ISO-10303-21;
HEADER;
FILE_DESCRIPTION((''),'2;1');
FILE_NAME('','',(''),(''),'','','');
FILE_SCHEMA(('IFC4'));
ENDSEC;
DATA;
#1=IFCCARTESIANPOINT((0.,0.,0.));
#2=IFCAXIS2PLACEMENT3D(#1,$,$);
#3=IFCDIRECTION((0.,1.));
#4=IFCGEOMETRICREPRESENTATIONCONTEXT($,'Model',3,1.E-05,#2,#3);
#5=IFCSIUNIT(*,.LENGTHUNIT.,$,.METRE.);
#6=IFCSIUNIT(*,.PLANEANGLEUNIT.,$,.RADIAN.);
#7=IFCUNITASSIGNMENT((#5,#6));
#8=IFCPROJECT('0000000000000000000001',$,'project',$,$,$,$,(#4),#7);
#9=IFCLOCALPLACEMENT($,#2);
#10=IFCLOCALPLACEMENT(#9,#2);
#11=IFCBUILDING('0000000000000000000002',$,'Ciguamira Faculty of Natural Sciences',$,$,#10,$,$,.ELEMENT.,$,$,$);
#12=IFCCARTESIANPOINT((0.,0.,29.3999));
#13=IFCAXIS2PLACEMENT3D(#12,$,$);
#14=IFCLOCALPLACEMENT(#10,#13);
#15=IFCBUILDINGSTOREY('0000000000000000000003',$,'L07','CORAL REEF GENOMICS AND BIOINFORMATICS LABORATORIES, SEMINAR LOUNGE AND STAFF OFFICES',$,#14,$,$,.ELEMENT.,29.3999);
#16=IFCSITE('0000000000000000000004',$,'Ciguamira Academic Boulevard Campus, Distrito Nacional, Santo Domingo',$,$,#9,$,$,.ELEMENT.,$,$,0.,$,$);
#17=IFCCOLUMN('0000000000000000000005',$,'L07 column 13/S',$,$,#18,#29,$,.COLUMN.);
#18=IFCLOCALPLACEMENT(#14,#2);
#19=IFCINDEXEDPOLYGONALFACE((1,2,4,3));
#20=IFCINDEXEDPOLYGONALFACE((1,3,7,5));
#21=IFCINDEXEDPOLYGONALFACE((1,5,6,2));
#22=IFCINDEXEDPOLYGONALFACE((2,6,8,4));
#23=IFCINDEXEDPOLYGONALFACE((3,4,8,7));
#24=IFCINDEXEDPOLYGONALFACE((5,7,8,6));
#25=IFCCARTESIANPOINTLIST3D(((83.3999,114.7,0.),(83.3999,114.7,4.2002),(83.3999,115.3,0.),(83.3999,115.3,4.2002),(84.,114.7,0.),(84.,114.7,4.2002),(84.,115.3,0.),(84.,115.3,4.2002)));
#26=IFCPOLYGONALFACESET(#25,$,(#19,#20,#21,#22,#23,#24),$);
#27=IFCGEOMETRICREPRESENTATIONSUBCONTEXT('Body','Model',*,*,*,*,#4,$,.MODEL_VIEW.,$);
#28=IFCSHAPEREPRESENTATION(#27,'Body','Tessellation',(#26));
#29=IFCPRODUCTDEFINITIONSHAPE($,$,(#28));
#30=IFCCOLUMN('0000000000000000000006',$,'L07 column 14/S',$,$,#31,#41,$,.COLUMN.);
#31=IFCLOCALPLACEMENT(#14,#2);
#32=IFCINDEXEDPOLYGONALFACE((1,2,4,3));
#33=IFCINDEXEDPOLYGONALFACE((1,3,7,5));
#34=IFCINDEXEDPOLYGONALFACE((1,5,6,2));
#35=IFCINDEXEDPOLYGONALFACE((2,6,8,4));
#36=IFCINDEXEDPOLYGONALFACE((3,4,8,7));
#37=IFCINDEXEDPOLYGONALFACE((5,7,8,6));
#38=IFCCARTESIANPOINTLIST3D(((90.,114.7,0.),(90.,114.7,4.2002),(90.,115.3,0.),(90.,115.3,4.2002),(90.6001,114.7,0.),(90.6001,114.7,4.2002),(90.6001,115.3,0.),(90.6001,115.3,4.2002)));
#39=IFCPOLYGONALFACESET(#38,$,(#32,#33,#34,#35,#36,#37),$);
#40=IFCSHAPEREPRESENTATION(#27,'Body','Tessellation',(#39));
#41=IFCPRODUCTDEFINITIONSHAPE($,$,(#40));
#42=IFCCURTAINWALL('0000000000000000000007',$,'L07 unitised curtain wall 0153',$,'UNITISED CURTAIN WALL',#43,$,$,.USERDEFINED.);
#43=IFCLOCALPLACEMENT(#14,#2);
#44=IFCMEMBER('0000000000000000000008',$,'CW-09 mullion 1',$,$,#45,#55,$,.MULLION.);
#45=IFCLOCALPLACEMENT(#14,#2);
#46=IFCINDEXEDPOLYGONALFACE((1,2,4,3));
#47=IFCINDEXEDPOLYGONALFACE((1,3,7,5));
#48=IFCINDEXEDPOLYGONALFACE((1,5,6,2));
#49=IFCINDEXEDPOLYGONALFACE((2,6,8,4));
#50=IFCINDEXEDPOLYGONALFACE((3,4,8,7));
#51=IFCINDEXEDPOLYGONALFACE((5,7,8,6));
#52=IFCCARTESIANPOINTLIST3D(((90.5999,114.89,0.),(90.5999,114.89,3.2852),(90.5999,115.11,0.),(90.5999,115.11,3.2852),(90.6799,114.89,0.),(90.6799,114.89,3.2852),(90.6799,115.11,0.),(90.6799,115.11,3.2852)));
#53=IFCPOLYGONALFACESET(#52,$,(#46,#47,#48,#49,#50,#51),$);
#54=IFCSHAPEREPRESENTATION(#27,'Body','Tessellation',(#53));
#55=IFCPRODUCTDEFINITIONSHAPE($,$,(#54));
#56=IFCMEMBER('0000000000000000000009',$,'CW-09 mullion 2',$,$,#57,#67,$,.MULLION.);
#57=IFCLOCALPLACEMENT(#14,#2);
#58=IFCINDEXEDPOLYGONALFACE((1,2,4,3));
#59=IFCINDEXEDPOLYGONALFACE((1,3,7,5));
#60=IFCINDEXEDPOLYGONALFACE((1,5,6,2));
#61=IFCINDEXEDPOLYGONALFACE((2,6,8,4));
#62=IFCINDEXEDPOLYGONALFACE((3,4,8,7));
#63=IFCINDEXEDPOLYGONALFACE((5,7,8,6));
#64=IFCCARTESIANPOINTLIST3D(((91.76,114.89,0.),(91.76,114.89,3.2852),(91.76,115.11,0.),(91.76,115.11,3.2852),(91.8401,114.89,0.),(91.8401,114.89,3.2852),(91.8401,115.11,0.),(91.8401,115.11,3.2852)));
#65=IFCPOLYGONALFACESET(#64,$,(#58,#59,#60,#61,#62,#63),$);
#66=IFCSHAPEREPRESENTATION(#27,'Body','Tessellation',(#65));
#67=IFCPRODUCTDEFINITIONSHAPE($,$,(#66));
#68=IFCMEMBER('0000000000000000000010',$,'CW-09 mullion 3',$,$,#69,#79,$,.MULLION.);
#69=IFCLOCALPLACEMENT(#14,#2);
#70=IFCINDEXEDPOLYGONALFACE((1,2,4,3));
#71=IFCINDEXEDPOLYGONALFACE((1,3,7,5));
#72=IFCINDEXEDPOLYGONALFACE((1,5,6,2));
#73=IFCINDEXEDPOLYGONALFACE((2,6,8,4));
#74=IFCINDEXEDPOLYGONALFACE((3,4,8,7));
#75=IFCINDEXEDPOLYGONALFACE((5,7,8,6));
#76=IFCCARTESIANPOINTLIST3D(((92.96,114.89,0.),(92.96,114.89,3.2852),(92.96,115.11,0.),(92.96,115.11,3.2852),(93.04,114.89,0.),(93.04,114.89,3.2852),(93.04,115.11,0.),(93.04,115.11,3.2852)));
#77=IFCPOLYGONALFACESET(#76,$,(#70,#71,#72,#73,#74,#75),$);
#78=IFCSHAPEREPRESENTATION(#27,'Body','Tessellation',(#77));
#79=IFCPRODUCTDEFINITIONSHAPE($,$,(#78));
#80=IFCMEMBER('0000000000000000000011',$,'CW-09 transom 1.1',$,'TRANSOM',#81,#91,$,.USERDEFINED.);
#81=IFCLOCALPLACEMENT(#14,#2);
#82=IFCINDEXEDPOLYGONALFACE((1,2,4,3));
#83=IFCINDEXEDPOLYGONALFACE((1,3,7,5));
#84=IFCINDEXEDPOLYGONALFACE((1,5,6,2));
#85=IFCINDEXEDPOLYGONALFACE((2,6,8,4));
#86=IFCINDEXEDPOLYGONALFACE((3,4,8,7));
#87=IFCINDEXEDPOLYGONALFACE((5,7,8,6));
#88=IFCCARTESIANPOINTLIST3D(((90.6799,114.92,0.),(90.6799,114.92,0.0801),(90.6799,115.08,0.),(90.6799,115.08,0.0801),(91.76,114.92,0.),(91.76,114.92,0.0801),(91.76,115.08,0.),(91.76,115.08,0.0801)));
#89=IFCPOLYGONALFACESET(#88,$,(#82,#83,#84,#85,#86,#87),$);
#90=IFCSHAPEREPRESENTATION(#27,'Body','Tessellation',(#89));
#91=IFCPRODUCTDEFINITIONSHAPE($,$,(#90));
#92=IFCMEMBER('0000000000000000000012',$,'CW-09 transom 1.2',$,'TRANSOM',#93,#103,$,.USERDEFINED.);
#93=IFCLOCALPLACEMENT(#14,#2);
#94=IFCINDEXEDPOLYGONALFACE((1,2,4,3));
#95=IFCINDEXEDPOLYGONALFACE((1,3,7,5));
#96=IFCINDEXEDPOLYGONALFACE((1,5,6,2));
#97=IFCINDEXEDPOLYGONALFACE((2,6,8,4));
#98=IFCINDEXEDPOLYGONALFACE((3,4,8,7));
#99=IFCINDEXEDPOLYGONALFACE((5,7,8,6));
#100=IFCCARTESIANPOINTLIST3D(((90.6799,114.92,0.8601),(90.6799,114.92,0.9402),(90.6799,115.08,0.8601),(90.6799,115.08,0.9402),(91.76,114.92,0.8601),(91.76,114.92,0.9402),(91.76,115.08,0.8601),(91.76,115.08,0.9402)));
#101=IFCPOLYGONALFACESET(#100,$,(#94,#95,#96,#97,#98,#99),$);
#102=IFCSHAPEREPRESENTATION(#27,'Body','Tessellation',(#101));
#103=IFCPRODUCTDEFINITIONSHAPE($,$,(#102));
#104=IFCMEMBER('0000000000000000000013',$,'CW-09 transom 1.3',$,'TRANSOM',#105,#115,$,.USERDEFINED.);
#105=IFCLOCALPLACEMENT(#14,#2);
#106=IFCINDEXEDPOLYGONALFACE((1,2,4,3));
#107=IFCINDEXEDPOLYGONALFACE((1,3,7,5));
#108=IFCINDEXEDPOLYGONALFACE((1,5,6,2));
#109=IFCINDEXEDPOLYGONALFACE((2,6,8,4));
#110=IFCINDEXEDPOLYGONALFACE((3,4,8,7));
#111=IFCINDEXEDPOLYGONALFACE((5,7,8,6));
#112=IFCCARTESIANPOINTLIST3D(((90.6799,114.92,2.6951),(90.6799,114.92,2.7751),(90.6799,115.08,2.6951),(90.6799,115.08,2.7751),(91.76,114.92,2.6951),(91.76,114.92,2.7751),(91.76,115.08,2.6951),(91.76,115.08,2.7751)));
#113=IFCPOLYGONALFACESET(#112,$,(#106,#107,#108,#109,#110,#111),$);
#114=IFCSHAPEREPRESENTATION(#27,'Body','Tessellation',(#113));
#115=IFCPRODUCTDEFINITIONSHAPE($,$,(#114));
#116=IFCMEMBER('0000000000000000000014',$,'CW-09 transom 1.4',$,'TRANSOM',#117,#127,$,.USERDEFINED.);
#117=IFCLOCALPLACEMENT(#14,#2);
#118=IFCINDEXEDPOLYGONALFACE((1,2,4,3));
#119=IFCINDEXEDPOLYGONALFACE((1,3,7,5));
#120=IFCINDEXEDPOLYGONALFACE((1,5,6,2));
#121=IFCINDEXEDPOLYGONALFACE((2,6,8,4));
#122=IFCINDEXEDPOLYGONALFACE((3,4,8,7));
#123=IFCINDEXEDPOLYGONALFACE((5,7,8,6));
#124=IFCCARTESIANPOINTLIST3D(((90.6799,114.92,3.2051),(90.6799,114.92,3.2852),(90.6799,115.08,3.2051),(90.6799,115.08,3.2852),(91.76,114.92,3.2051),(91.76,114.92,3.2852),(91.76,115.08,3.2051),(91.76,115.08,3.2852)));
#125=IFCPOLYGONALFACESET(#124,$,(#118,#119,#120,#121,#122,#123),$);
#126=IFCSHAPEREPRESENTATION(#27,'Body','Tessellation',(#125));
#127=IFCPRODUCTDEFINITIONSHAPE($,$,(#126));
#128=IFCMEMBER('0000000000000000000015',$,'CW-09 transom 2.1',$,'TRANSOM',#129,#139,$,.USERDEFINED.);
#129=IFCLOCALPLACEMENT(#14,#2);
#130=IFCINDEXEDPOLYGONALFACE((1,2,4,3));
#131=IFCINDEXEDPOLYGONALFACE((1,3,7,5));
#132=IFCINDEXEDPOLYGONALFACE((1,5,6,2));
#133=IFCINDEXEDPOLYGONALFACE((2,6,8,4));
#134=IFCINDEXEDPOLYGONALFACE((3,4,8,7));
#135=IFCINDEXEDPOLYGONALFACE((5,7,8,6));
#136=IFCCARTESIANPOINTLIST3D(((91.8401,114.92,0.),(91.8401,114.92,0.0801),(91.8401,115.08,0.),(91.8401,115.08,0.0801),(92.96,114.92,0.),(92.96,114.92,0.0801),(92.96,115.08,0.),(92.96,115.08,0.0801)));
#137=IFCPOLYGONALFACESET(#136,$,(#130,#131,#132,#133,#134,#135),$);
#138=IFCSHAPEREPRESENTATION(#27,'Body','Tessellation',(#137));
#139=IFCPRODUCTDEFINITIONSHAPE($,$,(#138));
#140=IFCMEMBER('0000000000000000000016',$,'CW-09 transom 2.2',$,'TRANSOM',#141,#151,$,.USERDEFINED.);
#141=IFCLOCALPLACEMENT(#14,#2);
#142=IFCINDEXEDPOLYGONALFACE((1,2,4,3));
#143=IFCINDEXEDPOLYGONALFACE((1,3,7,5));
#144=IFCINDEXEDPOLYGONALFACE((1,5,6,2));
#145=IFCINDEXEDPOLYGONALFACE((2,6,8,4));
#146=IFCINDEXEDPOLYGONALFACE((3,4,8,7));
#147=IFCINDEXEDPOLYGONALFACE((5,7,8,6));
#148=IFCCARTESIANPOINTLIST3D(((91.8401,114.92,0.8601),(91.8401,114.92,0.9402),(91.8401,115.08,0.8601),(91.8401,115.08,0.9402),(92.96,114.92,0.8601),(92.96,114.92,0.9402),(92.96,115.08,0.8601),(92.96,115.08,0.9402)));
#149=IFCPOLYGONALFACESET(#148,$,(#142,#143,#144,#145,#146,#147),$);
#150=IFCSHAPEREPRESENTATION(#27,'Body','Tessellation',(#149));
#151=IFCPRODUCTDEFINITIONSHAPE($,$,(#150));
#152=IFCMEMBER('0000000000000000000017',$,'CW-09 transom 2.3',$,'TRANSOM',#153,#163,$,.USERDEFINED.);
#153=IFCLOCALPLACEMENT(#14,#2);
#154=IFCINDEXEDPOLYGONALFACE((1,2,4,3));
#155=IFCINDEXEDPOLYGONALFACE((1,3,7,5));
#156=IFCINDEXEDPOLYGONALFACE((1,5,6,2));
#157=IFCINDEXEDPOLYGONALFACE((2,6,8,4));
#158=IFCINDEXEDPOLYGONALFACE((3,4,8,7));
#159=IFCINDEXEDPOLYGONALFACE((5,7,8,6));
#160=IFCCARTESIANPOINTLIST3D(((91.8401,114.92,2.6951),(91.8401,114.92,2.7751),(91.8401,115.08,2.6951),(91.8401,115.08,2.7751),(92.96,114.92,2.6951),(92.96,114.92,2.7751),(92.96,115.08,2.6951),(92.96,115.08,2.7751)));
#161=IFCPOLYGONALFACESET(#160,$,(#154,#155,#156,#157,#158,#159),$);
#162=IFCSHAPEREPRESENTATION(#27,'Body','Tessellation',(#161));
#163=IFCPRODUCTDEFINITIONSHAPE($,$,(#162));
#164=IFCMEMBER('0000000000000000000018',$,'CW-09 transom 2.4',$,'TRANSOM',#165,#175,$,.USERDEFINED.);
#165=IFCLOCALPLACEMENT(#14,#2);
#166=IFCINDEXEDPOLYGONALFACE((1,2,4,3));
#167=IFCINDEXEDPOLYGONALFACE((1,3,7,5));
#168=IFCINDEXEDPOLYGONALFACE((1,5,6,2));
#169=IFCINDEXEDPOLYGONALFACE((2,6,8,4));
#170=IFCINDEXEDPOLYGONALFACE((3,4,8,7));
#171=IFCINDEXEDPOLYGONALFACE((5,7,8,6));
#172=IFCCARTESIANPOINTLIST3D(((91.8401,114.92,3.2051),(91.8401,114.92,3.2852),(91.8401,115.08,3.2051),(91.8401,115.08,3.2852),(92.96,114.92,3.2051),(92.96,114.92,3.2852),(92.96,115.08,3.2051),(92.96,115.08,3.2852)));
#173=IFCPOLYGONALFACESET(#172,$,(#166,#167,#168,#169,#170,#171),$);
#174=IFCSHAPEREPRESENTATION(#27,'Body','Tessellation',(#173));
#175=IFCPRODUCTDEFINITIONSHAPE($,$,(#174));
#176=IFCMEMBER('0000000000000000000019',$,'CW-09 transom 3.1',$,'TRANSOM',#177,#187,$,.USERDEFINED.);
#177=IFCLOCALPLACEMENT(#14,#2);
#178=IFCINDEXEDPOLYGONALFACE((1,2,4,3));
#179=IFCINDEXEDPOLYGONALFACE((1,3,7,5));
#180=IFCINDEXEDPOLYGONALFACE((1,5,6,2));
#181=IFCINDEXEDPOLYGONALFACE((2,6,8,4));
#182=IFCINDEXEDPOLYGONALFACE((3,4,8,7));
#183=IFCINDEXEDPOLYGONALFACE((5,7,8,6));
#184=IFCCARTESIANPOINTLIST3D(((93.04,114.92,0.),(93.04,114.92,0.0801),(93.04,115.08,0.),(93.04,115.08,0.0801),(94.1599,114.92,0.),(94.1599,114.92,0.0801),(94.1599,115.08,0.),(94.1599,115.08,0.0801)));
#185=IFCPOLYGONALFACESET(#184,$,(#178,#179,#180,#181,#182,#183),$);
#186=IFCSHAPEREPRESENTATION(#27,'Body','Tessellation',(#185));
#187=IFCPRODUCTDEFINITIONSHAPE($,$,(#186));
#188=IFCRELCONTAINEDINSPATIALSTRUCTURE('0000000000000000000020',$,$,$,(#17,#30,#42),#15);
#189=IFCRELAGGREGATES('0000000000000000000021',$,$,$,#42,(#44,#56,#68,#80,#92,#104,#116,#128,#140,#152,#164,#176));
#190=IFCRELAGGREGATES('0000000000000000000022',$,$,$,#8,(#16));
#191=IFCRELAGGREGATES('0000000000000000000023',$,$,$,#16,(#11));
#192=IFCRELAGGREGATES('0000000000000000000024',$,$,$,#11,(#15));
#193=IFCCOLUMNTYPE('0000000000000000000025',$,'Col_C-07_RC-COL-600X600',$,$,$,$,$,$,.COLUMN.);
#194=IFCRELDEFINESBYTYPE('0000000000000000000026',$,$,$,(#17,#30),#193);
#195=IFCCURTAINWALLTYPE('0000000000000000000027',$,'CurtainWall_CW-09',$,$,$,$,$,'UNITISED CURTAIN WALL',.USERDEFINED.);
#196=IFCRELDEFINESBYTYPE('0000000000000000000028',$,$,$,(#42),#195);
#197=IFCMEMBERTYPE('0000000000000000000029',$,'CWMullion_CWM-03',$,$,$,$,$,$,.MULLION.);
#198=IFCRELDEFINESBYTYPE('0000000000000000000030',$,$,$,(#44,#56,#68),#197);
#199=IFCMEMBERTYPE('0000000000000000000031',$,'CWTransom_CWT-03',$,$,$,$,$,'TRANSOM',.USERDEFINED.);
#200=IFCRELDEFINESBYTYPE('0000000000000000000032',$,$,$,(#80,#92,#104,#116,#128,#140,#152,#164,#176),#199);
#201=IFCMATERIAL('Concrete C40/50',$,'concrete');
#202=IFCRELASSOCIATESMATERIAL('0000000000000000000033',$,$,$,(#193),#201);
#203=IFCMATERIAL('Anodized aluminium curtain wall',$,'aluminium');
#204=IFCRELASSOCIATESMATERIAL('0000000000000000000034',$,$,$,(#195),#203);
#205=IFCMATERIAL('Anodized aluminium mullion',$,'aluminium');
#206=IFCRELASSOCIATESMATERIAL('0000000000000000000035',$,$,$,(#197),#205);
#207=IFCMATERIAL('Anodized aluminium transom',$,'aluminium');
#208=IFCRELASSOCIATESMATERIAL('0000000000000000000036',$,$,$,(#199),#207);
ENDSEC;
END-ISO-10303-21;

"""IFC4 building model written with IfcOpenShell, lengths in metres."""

from ifc_helpers import new_model, si_unit, direction, frame, origin, origin_2d, place, context, subcontext, project, spatial, rectangle, extrude, material, material_profile, profile_set, type_object, element, aggregate, save


model = new_model("IFC4")

# Units and contexts
model_context = context("Model", 3, precision=1e-05, world=origin(), true_north=direction((0.0, 1.0)))
body_context = subcontext(model_context, "Body", "Model", "MODEL_VIEW")
ifc_project = project(units=[si_unit("LENGTHUNIT", "METRE"), si_unit("PLANEANGLEUNIT", "RADIAN")], contexts=[model_context])

# Site, building, storey
site_placement = place(None, origin())
site = spatial("IfcSite", under=ifc_project, at=site_placement, Name="Ciguamira Academic Boulevard Campus, Distrito Nacional, Santo Domingo", CompositionType="ELEMENT", RefElevation=0.0)
building_placement = place(site_placement, origin())
building = spatial("IfcBuilding", under=site, at=building_placement, Name="Ciguamira Faculty of Natural Sciences", CompositionType="ELEMENT")
storey_placement = place(building_placement, frame((0.0, 0.0, 29.3999)))
storey = spatial("IfcBuildingStorey", under=building, at=storey_placement, Name="L07", Description="CORAL REEF GENOMICS AND BIOINFORMATICS LABORATORIES, SEMINAR LOUNGE AND STAFF OFFICES", CompositionType="ELEMENT", Elevation=29.3999)

# Columns
ifc_material_1 = material(Name="Concrete C40/50", Category="concrete")
ifc_material_profile_1 = material_profile(ifc_material_1, rectangle(XDim=0.6001, YDim=0.6001, at=origin_2d()), Name="RC-COL-600X600")
ifc_profile_set_1 = profile_set([ifc_material_profile_1], Name="Concrete C40/50")
column_type = type_object("IfcColumnType", Name="Col_C-07_RC-COL-600X600", PredefinedType="COLUMN", material=ifc_profile_set_1)
for number, where, z_axis, x_axis, name in (
    (1, (83.7, 115.0, 0.0), (0.0, 0.0, 1.0), (1.0, 0.0, 0.0), "L07 column 13/S"),
    (2, (90.3, 115.0, 0.0), (0.0, 0.0, 1.0), (1.0, 0.0, 0.0), "L07 column 14/S"),
):
    element("IfcColumn", number, at=place(storey_placement, frame(where, z_axis=z_axis, x_axis=x_axis)), inside=storey, type_object=column_type, Name=name, PredefinedType="COLUMN", context=body_context, shape_type="SweptSolid", body=[
        extrude(rectangle(XDim=0.6001, YDim=0.6001, at=origin_2d()), origin(), (0.0, 0.0, 1.0), 4.2002),
    ])

# Curtain wall, members
ifc_material_2 = material(Name="Anodized aluminium curtain wall", Category="aluminium")
curtain_wall_type = type_object("IfcCurtainWallType", Name="CurtainWall_CW-09", ElementType="UNITISED CURTAIN WALL", PredefinedType="USERDEFINED", material=ifc_material_2)
curtain_wall_placement = place(storey_placement, origin())
curtain_wall = element("IfcCurtainWall", 3, at=curtain_wall_placement, inside=storey, type_object=curtain_wall_type, Name="L07 unitised curtain wall 0153", ObjectType="UNITISED CURTAIN WALL", PredefinedType="USERDEFINED")
ifc_material_3 = material(Name="Anodized aluminium mullion", Category="aluminium")
ifc_material_profile_2 = material_profile(ifc_material_3, rectangle(XDim=0.0801, YDim=0.22, at=origin_2d()), Name="ALU-MUL-80X220")
ifc_profile_set_2 = profile_set([ifc_material_profile_2], Name="Anodized aluminium mullion")
member_type_1 = type_object("IfcMemberType", Name="CWMullion_CWM-03", PredefinedType="MULLION", material=ifc_profile_set_2)
member_1_placement = place(storey_placement, frame((90.6399, 115.0, 0.0), z_axis=(0.0, 0.0, 1.0), x_axis=(1.0, 0.0, 0.0)))
member_1 = element("IfcMember", 4, at=member_1_placement, type_object=member_type_1, Name="CW-09 mullion 1", PredefinedType="MULLION", context=body_context, shape_type="SweptSolid", body=[
    extrude(rectangle(XDim=0.0801, YDim=0.22, at=origin_2d()), origin(), (0.0, 0.0, 1.0), 3.2852),
])
member_2_placement = place(storey_placement, frame((91.8, 115.0, 0.0), z_axis=(0.0, 0.0, 1.0), x_axis=(1.0, 0.0, 0.0)))
member_2 = element("IfcMember", 5, at=member_2_placement, type_object=member_type_1, Name="CW-09 mullion 2", PredefinedType="MULLION", context=body_context, shape_type="SweptSolid", body=[
    extrude(rectangle(XDim=0.0801, YDim=0.22, at=origin_2d()), origin(), (0.0, 0.0, 1.0), 3.2852),
])
member_3_placement = place(storey_placement, frame((93.0, 115.0, 0.0), z_axis=(0.0, 0.0, 1.0), x_axis=(1.0, 0.0, 0.0)))
member_3 = element("IfcMember", 6, at=member_3_placement, type_object=member_type_1, Name="CW-09 mullion 3", PredefinedType="MULLION", context=body_context, shape_type="SweptSolid", body=[
    extrude(rectangle(XDim=0.0801, YDim=0.22, at=origin_2d()), origin(), (0.0, 0.0, 1.0), 3.2852),
])
ifc_material_4 = material(Name="Anodized aluminium transom", Category="aluminium")
ifc_material_profile_3 = material_profile(ifc_material_4, rectangle(XDim=0.0801, YDim=0.1599, at=origin_2d()), Name="ALU-TRN-80X160")
ifc_profile_set_3 = profile_set([ifc_material_profile_3], Name="Anodized aluminium transom")
member_type_2 = type_object("IfcMemberType", Name="CWTransom_CWT-03", ElementType="TRANSOM", PredefinedType="USERDEFINED", material=ifc_profile_set_3)
member_4_placement = place(storey_placement, frame((90.6799, 115.0, 0.04), z_axis=(1.0, 0.0, 0.0), x_axis=(0.0, 0.0, 1.0)))
member_4 = element("IfcMember", 7, at=member_4_placement, type_object=member_type_2, Name="CW-09 transom 1.1", ObjectType="TRANSOM", PredefinedType="USERDEFINED", context=body_context, shape_type="SweptSolid", body=[
    extrude(rectangle(XDim=0.0801, YDim=0.1599, at=origin_2d()), origin(), (0.0, 0.0, 1.0), 1.0801),
])
member_5_placement = place(storey_placement, frame((90.6799, 115.0, 0.9001), z_axis=(1.0, 0.0, 0.0), x_axis=(0.0, 0.0, 1.0)))
member_5 = element("IfcMember", 8, at=member_5_placement, type_object=member_type_2, Name="CW-09 transom 1.2", ObjectType="TRANSOM", PredefinedType="USERDEFINED", context=body_context, shape_type="SweptSolid", body=[
    extrude(rectangle(XDim=0.0801, YDim=0.1599, at=origin_2d()), origin(), (0.0, 0.0, 1.0), 1.0801),
])
member_6_placement = place(storey_placement, frame((90.6799, 115.0, 2.7351), z_axis=(1.0, 0.0, 0.0), x_axis=(0.0, 0.0, 1.0)))
member_6 = element("IfcMember", 9, at=member_6_placement, type_object=member_type_2, Name="CW-09 transom 1.3", ObjectType="TRANSOM", PredefinedType="USERDEFINED", context=body_context, shape_type="SweptSolid", body=[
    extrude(rectangle(XDim=0.0801, YDim=0.1599, at=origin_2d()), origin(), (0.0, 0.0, 1.0), 1.0801),
])
member_7_placement = place(storey_placement, frame((90.6799, 115.0, 3.2451), z_axis=(1.0, 0.0, 0.0), x_axis=(0.0, 0.0, 1.0)))
member_7 = element("IfcMember", 10, at=member_7_placement, type_object=member_type_2, Name="CW-09 transom 1.4", ObjectType="TRANSOM", PredefinedType="USERDEFINED", context=body_context, shape_type="SweptSolid", body=[
    extrude(rectangle(XDim=0.0801, YDim=0.1599, at=origin_2d()), origin(), (0.0, 0.0, 1.0), 1.0801),
])
member_8_placement = place(storey_placement, frame((91.8401, 115.0, 0.04), z_axis=(1.0, 0.0, 0.0), x_axis=(0.0, 0.0, 1.0)))
member_8 = element("IfcMember", 11, at=member_8_placement, type_object=member_type_2, Name="CW-09 transom 2.1", ObjectType="TRANSOM", PredefinedType="USERDEFINED", context=body_context, shape_type="SweptSolid", body=[
    extrude(rectangle(XDim=0.0801, YDim=0.1599, at=origin_2d()), origin(), (0.0, 0.0, 1.0), 1.1199),
])
member_9_placement = place(storey_placement, frame((91.8401, 115.0, 0.9001), z_axis=(1.0, 0.0, 0.0), x_axis=(0.0, 0.0, 1.0)))
member_9 = element("IfcMember", 12, at=member_9_placement, type_object=member_type_2, Name="CW-09 transom 2.2", ObjectType="TRANSOM", PredefinedType="USERDEFINED", context=body_context, shape_type="SweptSolid", body=[
    extrude(rectangle(XDim=0.0801, YDim=0.1599, at=origin_2d()), origin(), (0.0, 0.0, 1.0), 1.1199),
])
member_10_placement = place(storey_placement, frame((91.8401, 115.0, 2.7351), z_axis=(1.0, 0.0, 0.0), x_axis=(0.0, 0.0, 1.0)))
member_10 = element("IfcMember", 13, at=member_10_placement, type_object=member_type_2, Name="CW-09 transom 2.3", ObjectType="TRANSOM", PredefinedType="USERDEFINED", context=body_context, shape_type="SweptSolid", body=[
    extrude(rectangle(XDim=0.0801, YDim=0.1599, at=origin_2d()), origin(), (0.0, 0.0, 1.0), 1.1199),
])
member_11_placement = place(storey_placement, frame((91.8401, 115.0, 3.2451), z_axis=(1.0, 0.0, 0.0), x_axis=(0.0, 0.0, 1.0)))
member_11 = element("IfcMember", 14, at=member_11_placement, type_object=member_type_2, Name="CW-09 transom 2.4", ObjectType="TRANSOM", PredefinedType="USERDEFINED", context=body_context, shape_type="SweptSolid", body=[
    extrude(rectangle(XDim=0.0801, YDim=0.1599, at=origin_2d()), origin(), (0.0, 0.0, 1.0), 1.1199),
])
member_12_placement = place(storey_placement, frame((93.04, 115.0, 0.04), z_axis=(1.0, 0.0, 0.0), x_axis=(0.0, 0.0, 1.0)))
member_12 = element("IfcMember", 15, at=member_12_placement, type_object=member_type_2, Name="CW-09 transom 3.1", ObjectType="TRANSOM", PredefinedType="USERDEFINED", context=body_context, shape_type="SweptSolid", body=[
    extrude(rectangle(XDim=0.0801, YDim=0.1599, at=origin_2d()), origin(), (0.0, 0.0, 1.0), 1.1199),
])

aggregate(curtain_wall, [member_1, member_2, member_3, member_4, member_5, member_6, member_7, member_8, member_9, member_10, member_11, member_12])

save(model, "model.ifc")
